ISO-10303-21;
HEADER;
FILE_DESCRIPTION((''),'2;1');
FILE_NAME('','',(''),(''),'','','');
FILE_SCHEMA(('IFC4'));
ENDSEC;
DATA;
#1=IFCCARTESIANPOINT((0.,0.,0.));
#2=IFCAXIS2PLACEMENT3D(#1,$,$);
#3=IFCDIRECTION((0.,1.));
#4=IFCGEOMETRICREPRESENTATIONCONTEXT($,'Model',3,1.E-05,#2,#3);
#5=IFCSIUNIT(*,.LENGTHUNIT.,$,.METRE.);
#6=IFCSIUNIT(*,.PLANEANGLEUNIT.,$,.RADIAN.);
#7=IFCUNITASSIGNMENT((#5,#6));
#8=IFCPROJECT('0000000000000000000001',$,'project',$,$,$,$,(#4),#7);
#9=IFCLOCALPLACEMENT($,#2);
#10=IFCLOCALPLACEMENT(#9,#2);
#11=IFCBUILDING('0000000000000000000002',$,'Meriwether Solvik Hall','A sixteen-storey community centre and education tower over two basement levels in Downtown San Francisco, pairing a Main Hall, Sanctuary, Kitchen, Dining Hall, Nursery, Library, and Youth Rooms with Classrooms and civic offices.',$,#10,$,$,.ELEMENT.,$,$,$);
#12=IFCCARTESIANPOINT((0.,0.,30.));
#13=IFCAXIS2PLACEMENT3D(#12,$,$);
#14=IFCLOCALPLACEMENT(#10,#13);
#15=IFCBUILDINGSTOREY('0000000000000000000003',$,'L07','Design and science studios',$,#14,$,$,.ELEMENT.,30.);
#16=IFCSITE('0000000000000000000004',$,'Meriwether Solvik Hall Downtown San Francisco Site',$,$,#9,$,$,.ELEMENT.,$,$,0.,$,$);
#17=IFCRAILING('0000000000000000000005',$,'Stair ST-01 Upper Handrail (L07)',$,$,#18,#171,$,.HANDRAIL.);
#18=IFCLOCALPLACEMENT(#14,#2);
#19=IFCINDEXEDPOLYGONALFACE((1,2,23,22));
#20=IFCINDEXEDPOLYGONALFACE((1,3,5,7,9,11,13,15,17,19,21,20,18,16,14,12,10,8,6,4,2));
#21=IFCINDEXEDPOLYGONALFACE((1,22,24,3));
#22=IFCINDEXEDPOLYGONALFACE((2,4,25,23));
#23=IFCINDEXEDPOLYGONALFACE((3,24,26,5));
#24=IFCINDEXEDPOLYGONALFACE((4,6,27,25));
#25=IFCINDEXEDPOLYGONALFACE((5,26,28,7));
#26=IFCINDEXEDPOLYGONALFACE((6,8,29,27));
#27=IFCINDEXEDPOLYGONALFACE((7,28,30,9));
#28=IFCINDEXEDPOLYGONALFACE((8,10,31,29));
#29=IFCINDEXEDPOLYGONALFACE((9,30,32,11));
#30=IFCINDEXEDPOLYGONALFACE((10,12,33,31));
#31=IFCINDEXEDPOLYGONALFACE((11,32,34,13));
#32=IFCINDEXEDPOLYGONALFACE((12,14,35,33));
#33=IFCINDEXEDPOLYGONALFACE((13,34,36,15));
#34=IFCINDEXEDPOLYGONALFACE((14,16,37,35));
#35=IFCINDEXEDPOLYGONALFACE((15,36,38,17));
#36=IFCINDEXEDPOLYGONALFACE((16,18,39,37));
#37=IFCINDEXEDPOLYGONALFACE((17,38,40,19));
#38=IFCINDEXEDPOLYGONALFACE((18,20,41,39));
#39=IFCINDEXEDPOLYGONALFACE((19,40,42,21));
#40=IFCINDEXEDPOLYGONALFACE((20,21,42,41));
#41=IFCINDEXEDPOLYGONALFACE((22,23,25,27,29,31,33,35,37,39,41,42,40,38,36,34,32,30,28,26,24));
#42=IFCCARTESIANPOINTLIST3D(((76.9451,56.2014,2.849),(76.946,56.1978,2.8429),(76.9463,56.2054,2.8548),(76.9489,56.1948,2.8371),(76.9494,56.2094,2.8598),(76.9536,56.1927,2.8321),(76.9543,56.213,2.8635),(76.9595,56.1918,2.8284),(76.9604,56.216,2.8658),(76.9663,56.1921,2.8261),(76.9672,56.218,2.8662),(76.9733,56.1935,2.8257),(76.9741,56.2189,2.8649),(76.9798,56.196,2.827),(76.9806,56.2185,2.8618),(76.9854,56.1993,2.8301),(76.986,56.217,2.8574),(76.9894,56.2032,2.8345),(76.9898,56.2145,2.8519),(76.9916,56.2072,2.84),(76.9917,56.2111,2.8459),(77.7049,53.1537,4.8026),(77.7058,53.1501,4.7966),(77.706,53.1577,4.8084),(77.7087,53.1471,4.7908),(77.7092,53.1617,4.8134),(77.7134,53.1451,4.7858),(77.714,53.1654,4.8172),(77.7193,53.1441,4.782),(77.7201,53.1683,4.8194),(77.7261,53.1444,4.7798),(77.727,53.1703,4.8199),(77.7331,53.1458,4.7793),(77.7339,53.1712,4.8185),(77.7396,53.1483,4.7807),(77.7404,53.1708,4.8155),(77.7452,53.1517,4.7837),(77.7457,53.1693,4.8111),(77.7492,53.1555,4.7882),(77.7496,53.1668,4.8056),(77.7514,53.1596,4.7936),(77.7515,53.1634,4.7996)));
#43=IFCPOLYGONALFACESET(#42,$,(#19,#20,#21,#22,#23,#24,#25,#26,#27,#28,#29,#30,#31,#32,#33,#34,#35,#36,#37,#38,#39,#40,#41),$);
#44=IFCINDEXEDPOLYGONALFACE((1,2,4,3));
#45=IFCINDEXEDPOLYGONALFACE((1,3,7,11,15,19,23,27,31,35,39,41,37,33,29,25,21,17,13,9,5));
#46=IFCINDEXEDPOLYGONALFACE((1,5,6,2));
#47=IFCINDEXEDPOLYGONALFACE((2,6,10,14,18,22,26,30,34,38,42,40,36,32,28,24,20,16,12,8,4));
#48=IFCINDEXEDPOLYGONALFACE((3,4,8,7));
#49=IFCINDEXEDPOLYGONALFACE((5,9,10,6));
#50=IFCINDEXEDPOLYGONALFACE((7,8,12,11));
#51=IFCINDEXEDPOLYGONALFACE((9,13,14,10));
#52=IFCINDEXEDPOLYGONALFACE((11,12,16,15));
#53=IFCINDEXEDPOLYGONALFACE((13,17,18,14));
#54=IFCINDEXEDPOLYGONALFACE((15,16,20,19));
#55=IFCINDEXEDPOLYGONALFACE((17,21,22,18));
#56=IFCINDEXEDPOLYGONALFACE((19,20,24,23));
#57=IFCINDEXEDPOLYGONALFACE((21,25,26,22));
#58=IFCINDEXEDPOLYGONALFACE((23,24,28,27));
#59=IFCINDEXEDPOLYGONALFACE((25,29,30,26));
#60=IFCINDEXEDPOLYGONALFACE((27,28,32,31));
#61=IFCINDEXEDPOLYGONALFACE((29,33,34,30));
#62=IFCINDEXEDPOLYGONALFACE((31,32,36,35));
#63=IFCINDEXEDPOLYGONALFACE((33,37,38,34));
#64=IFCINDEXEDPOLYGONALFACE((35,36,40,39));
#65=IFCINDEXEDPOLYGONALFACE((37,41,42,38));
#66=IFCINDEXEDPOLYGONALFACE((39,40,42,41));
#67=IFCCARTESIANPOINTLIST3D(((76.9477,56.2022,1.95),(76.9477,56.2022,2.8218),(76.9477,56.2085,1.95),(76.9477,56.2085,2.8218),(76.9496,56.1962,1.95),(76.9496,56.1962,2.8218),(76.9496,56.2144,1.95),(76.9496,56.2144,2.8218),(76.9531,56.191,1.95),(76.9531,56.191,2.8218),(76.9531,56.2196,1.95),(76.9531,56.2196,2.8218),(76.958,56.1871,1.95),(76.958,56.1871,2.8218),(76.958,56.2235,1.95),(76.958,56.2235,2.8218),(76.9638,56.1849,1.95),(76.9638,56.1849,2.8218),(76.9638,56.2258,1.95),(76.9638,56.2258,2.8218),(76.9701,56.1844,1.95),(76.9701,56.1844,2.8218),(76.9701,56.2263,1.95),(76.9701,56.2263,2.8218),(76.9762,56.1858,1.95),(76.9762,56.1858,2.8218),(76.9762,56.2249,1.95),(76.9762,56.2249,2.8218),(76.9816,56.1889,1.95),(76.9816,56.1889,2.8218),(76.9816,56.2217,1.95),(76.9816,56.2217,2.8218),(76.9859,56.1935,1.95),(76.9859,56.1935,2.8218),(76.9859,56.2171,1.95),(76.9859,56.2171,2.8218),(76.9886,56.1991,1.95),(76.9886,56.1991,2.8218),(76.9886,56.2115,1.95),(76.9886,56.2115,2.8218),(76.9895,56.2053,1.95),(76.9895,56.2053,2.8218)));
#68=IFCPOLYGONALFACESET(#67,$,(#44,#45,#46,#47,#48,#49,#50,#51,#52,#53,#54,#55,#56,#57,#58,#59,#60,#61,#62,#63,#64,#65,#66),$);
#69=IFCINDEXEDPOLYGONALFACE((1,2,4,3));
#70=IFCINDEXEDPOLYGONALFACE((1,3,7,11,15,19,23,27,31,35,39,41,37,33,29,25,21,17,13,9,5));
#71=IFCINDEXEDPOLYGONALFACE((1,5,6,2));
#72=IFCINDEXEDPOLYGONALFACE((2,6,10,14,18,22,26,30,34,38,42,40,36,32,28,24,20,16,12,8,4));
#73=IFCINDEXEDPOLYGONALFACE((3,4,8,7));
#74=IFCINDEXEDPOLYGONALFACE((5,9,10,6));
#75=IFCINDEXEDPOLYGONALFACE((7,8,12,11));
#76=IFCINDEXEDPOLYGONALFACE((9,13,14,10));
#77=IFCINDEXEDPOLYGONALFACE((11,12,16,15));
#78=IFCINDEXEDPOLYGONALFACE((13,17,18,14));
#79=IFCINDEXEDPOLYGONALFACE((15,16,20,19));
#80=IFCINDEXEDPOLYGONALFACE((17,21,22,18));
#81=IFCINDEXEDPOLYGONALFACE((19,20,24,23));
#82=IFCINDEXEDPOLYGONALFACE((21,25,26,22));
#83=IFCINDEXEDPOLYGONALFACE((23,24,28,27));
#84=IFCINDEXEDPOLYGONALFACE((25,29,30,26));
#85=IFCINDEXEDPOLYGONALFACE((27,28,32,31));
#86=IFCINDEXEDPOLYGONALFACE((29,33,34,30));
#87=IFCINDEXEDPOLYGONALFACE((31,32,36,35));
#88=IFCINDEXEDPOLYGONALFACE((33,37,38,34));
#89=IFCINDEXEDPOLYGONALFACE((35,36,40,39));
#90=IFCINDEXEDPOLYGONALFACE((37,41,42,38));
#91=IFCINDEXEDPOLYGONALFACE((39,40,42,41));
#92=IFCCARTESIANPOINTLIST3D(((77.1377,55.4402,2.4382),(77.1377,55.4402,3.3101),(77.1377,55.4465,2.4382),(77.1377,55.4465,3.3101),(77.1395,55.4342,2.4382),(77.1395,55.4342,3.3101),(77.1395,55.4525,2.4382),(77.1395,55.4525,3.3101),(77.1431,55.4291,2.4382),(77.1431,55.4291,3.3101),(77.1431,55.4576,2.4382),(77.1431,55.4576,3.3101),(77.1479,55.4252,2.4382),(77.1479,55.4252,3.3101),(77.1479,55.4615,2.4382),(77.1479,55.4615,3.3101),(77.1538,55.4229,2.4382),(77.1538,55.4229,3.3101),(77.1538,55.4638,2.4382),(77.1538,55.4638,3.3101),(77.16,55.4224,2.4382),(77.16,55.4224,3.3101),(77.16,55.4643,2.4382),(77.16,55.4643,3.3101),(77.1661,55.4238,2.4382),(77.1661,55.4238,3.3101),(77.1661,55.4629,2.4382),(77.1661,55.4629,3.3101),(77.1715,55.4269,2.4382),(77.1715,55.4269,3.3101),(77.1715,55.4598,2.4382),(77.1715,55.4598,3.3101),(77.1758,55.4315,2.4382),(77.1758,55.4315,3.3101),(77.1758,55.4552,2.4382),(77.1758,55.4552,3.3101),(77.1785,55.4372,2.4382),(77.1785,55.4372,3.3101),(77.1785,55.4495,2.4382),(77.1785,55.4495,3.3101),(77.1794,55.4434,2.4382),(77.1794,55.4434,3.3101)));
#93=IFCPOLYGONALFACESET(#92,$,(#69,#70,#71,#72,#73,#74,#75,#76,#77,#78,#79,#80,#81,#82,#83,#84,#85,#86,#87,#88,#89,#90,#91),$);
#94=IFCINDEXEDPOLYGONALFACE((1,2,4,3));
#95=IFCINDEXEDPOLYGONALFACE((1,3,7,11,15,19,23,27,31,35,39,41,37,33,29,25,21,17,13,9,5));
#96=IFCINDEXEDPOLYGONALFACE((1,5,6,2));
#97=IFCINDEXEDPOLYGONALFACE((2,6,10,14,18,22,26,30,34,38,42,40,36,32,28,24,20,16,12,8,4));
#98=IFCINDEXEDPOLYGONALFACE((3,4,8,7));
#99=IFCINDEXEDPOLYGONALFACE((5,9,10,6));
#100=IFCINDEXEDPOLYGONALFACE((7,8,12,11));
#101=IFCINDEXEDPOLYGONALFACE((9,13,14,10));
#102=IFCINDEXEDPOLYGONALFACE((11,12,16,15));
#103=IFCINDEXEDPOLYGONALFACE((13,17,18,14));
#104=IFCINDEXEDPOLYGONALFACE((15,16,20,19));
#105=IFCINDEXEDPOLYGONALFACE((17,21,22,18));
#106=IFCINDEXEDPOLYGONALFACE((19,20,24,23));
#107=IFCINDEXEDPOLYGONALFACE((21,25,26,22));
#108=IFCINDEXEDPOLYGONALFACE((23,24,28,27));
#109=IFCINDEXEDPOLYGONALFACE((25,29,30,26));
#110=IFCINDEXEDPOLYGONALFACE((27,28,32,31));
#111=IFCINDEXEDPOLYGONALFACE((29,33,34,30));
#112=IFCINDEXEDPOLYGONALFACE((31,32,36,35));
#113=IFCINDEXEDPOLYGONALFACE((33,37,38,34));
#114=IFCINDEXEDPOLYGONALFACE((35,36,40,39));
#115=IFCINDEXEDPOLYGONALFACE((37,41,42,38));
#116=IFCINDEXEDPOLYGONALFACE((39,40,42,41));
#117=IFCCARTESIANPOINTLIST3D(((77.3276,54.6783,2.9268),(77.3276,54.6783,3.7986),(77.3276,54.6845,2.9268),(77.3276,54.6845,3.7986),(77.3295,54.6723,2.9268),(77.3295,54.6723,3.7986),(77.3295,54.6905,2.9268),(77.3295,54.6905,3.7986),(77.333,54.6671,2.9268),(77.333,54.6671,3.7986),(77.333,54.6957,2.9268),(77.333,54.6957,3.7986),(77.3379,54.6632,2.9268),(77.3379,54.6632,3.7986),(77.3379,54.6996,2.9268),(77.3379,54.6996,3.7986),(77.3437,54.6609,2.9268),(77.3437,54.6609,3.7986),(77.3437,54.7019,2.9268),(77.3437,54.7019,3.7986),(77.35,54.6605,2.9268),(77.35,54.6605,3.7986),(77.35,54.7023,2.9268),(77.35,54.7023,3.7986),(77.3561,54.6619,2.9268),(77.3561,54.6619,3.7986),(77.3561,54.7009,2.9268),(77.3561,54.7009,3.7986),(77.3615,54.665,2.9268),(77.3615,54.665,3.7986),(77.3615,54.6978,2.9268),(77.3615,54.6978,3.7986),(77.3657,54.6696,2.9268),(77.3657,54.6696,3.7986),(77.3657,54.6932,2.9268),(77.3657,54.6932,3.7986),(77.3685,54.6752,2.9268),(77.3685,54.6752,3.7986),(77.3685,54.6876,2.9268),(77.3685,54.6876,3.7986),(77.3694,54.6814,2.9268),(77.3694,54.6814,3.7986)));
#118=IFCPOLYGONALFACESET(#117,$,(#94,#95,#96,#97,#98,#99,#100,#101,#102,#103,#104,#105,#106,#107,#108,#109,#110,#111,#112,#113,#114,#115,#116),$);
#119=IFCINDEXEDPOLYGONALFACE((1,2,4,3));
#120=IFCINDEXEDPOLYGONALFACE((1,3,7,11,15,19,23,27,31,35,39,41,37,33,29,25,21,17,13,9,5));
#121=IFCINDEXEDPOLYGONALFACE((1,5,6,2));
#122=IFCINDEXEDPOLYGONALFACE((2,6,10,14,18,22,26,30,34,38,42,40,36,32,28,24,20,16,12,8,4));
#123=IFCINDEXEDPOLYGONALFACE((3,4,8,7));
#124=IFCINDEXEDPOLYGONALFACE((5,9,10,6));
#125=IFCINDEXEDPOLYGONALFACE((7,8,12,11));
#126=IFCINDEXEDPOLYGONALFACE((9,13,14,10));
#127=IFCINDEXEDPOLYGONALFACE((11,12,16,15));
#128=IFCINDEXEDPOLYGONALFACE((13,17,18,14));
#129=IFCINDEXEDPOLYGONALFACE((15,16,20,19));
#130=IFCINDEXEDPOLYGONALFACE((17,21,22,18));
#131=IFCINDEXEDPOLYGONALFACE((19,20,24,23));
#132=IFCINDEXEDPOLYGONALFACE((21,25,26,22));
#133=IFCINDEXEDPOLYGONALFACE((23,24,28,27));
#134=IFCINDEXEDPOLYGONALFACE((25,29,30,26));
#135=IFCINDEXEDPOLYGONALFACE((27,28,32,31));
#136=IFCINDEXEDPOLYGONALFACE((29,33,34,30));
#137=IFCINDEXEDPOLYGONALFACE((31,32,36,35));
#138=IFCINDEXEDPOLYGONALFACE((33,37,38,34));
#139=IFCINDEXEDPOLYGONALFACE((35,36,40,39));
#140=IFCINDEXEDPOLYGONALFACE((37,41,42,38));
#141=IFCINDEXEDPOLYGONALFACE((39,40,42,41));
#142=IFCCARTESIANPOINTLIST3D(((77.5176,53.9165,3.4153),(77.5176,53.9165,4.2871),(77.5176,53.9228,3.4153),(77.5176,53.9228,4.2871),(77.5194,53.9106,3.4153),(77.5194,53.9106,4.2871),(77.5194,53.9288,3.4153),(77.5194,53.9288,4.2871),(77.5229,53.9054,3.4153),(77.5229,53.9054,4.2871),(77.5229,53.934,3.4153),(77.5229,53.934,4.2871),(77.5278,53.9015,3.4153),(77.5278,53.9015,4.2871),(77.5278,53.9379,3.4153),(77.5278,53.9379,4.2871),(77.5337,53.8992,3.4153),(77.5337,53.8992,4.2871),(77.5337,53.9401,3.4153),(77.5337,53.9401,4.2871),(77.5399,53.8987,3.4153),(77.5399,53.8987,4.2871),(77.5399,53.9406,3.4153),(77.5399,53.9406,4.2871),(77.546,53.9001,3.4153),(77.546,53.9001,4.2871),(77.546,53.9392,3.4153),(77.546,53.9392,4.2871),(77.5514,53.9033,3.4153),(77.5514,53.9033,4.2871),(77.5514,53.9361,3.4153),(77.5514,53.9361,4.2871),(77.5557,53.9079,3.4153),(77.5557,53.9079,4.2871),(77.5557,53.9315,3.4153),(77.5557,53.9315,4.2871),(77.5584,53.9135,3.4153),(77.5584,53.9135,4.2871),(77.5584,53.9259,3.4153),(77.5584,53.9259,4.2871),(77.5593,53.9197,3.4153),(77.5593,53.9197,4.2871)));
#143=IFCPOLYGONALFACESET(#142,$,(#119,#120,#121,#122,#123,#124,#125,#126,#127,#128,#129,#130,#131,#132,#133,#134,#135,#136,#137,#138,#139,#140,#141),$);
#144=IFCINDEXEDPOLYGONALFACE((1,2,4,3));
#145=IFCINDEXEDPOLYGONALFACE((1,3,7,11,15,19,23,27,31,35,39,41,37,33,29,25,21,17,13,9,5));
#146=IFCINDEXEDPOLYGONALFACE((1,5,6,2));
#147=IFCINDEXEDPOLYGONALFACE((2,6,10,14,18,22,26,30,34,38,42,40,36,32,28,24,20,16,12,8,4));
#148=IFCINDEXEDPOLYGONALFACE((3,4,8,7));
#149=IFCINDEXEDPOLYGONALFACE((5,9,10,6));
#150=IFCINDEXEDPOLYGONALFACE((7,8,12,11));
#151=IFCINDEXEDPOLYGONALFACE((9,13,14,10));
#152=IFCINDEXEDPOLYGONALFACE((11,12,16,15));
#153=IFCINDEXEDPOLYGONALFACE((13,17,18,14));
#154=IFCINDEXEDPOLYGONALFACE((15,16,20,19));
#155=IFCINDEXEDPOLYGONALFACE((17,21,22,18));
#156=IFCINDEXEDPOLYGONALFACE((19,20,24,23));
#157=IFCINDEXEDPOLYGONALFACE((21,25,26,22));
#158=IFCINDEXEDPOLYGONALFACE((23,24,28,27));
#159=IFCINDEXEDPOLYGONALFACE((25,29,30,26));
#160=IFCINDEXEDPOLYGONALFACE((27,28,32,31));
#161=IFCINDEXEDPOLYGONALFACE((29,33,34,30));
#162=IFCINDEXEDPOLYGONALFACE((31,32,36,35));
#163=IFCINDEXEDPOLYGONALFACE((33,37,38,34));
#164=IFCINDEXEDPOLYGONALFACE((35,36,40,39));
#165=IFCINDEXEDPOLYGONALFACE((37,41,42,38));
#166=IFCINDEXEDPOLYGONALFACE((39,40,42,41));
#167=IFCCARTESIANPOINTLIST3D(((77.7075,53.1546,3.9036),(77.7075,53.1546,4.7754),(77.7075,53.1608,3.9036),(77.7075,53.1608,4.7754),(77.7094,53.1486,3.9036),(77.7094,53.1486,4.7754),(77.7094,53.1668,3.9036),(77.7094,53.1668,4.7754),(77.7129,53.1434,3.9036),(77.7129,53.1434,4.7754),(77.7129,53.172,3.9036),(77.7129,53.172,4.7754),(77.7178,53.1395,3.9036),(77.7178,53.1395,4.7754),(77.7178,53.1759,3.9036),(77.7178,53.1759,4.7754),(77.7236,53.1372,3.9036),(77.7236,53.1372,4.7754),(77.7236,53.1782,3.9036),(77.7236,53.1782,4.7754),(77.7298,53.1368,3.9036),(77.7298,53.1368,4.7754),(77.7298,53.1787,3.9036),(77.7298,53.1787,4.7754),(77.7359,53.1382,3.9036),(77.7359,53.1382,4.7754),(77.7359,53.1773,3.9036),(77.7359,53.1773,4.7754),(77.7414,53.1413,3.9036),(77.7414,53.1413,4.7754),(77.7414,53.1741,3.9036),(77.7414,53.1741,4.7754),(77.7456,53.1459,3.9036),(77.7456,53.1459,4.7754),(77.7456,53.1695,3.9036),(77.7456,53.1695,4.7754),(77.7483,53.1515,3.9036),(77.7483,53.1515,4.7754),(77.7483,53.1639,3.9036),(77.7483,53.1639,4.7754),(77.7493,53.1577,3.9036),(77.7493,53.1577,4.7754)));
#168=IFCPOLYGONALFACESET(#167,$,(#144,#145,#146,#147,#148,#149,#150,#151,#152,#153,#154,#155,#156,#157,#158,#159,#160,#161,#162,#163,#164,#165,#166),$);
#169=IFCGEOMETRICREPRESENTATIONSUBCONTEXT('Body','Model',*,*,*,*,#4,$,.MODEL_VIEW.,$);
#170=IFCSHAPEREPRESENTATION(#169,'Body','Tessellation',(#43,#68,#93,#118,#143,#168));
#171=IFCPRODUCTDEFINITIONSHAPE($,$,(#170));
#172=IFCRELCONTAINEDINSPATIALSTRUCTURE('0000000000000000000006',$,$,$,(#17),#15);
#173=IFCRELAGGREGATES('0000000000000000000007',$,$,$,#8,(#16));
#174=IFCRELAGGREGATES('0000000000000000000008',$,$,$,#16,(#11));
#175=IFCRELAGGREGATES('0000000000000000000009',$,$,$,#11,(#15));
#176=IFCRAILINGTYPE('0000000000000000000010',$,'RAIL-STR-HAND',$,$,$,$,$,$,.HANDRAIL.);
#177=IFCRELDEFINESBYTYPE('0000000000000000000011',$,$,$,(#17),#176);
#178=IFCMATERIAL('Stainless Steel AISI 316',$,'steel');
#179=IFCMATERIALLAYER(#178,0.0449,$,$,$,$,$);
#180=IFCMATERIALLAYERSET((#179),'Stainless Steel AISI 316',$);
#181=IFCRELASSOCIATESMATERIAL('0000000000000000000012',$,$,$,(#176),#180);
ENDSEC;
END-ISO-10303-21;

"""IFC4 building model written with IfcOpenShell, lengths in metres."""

from ifc_helpers import new_model, si_unit, direction, frame, origin, origin_2d, place, context, subcontext, project, spatial, circle, extrude, material, layer, layer_set, type_object, element, save


model = new_model("IFC4")

# Units and contexts
model_context = context("Model", 3, precision=1e-05, world=origin(), true_north=direction((0.0, 1.0)))
body_context = subcontext(model_context, "Body", "Model", "MODEL_VIEW")
ifc_project = project(units=[si_unit("LENGTHUNIT", "METRE"), si_unit("PLANEANGLEUNIT", "RADIAN")], contexts=[model_context])

# Site, building, storey
site_placement = place(None, origin())
site = spatial("IfcSite", under=ifc_project, at=site_placement, Name="Meriwether Solvik Hall Downtown San Francisco Site", CompositionType="ELEMENT", RefElevation=0.0)
building_placement = place(site_placement, origin())
building = spatial("IfcBuilding", under=site, at=building_placement, Name="Meriwether Solvik Hall", Description="A sixteen-storey community centre and education tower over two basement levels in Downtown San Francisco, pairing a Main Hall, Sanctuary, Kitchen, Dining Hall, Nursery, Library, and Youth Rooms with Classrooms and civic offices.", CompositionType="ELEMENT")
storey_placement = place(building_placement, frame((0.0, 0.0, 30.0)))
storey = spatial("IfcBuildingStorey", under=building, at=storey_placement, Name="L07", Description="Design and science studios", CompositionType="ELEMENT", Elevation=30.0)

# Railing
ifc_material_1 = material(Name="Stainless Steel AISI 316", Category="steel")
ifc_layer_1 = layer(ifc_material_1, 0.0449)
ifc_layer_set_1 = layer_set([ifc_layer_1], Name="Stainless Steel AISI 316")
railing_type_1 = type_object("IfcRailingType", Name="RAIL-STR-HAND", PredefinedType="HANDRAIL", material=ifc_layer_set_1)
railing_1_placement = place(storey_placement, frame((76.9685, 56.2053, 1.95)))
element("IfcRailing", 1, at=railing_1_placement, inside=storey, type_object=railing_type_1, Name="Stair ST-01 Upper Handrail (L07)", PredefinedType="HANDRAIL", context=body_context, shape_type="SweptSolid", body=[
    extrude(circle(Radius=0.0239, at=origin_2d()), frame((0.0, 0.0, 0.896), z_axis=(0.205404, -0.823926, 0.528163), x_axis=(0.970302, 0.241895, 0.0)), (0.0, 0.0, 1.0), 3.699),
    extrude(circle(Radius=0.021, at=origin_2d()), origin(), (0.0, 0.0, 1.0), 0.8718),
    extrude(circle(Radius=0.021, at=origin_2d()), frame((0.1899, -0.762, 0.4883)), (0.0, 0.0, 1.0), 0.8718),
    extrude(circle(Radius=0.021, at=origin_2d()), frame((0.3799, -1.5239, 0.9768)), (0.0, 0.0, 1.0), 0.8718),
    extrude(circle(Radius=0.021, at=origin_2d()), frame((0.5698, -2.2856, 1.4653)), (0.0, 0.0, 1.0), 0.8718),
    extrude(circle(Radius=0.021, at=origin_2d()), frame((0.7598, -3.0476, 1.9536)), (0.0, 0.0, 1.0), 0.8718),
])

save(model, "model.ifc")
